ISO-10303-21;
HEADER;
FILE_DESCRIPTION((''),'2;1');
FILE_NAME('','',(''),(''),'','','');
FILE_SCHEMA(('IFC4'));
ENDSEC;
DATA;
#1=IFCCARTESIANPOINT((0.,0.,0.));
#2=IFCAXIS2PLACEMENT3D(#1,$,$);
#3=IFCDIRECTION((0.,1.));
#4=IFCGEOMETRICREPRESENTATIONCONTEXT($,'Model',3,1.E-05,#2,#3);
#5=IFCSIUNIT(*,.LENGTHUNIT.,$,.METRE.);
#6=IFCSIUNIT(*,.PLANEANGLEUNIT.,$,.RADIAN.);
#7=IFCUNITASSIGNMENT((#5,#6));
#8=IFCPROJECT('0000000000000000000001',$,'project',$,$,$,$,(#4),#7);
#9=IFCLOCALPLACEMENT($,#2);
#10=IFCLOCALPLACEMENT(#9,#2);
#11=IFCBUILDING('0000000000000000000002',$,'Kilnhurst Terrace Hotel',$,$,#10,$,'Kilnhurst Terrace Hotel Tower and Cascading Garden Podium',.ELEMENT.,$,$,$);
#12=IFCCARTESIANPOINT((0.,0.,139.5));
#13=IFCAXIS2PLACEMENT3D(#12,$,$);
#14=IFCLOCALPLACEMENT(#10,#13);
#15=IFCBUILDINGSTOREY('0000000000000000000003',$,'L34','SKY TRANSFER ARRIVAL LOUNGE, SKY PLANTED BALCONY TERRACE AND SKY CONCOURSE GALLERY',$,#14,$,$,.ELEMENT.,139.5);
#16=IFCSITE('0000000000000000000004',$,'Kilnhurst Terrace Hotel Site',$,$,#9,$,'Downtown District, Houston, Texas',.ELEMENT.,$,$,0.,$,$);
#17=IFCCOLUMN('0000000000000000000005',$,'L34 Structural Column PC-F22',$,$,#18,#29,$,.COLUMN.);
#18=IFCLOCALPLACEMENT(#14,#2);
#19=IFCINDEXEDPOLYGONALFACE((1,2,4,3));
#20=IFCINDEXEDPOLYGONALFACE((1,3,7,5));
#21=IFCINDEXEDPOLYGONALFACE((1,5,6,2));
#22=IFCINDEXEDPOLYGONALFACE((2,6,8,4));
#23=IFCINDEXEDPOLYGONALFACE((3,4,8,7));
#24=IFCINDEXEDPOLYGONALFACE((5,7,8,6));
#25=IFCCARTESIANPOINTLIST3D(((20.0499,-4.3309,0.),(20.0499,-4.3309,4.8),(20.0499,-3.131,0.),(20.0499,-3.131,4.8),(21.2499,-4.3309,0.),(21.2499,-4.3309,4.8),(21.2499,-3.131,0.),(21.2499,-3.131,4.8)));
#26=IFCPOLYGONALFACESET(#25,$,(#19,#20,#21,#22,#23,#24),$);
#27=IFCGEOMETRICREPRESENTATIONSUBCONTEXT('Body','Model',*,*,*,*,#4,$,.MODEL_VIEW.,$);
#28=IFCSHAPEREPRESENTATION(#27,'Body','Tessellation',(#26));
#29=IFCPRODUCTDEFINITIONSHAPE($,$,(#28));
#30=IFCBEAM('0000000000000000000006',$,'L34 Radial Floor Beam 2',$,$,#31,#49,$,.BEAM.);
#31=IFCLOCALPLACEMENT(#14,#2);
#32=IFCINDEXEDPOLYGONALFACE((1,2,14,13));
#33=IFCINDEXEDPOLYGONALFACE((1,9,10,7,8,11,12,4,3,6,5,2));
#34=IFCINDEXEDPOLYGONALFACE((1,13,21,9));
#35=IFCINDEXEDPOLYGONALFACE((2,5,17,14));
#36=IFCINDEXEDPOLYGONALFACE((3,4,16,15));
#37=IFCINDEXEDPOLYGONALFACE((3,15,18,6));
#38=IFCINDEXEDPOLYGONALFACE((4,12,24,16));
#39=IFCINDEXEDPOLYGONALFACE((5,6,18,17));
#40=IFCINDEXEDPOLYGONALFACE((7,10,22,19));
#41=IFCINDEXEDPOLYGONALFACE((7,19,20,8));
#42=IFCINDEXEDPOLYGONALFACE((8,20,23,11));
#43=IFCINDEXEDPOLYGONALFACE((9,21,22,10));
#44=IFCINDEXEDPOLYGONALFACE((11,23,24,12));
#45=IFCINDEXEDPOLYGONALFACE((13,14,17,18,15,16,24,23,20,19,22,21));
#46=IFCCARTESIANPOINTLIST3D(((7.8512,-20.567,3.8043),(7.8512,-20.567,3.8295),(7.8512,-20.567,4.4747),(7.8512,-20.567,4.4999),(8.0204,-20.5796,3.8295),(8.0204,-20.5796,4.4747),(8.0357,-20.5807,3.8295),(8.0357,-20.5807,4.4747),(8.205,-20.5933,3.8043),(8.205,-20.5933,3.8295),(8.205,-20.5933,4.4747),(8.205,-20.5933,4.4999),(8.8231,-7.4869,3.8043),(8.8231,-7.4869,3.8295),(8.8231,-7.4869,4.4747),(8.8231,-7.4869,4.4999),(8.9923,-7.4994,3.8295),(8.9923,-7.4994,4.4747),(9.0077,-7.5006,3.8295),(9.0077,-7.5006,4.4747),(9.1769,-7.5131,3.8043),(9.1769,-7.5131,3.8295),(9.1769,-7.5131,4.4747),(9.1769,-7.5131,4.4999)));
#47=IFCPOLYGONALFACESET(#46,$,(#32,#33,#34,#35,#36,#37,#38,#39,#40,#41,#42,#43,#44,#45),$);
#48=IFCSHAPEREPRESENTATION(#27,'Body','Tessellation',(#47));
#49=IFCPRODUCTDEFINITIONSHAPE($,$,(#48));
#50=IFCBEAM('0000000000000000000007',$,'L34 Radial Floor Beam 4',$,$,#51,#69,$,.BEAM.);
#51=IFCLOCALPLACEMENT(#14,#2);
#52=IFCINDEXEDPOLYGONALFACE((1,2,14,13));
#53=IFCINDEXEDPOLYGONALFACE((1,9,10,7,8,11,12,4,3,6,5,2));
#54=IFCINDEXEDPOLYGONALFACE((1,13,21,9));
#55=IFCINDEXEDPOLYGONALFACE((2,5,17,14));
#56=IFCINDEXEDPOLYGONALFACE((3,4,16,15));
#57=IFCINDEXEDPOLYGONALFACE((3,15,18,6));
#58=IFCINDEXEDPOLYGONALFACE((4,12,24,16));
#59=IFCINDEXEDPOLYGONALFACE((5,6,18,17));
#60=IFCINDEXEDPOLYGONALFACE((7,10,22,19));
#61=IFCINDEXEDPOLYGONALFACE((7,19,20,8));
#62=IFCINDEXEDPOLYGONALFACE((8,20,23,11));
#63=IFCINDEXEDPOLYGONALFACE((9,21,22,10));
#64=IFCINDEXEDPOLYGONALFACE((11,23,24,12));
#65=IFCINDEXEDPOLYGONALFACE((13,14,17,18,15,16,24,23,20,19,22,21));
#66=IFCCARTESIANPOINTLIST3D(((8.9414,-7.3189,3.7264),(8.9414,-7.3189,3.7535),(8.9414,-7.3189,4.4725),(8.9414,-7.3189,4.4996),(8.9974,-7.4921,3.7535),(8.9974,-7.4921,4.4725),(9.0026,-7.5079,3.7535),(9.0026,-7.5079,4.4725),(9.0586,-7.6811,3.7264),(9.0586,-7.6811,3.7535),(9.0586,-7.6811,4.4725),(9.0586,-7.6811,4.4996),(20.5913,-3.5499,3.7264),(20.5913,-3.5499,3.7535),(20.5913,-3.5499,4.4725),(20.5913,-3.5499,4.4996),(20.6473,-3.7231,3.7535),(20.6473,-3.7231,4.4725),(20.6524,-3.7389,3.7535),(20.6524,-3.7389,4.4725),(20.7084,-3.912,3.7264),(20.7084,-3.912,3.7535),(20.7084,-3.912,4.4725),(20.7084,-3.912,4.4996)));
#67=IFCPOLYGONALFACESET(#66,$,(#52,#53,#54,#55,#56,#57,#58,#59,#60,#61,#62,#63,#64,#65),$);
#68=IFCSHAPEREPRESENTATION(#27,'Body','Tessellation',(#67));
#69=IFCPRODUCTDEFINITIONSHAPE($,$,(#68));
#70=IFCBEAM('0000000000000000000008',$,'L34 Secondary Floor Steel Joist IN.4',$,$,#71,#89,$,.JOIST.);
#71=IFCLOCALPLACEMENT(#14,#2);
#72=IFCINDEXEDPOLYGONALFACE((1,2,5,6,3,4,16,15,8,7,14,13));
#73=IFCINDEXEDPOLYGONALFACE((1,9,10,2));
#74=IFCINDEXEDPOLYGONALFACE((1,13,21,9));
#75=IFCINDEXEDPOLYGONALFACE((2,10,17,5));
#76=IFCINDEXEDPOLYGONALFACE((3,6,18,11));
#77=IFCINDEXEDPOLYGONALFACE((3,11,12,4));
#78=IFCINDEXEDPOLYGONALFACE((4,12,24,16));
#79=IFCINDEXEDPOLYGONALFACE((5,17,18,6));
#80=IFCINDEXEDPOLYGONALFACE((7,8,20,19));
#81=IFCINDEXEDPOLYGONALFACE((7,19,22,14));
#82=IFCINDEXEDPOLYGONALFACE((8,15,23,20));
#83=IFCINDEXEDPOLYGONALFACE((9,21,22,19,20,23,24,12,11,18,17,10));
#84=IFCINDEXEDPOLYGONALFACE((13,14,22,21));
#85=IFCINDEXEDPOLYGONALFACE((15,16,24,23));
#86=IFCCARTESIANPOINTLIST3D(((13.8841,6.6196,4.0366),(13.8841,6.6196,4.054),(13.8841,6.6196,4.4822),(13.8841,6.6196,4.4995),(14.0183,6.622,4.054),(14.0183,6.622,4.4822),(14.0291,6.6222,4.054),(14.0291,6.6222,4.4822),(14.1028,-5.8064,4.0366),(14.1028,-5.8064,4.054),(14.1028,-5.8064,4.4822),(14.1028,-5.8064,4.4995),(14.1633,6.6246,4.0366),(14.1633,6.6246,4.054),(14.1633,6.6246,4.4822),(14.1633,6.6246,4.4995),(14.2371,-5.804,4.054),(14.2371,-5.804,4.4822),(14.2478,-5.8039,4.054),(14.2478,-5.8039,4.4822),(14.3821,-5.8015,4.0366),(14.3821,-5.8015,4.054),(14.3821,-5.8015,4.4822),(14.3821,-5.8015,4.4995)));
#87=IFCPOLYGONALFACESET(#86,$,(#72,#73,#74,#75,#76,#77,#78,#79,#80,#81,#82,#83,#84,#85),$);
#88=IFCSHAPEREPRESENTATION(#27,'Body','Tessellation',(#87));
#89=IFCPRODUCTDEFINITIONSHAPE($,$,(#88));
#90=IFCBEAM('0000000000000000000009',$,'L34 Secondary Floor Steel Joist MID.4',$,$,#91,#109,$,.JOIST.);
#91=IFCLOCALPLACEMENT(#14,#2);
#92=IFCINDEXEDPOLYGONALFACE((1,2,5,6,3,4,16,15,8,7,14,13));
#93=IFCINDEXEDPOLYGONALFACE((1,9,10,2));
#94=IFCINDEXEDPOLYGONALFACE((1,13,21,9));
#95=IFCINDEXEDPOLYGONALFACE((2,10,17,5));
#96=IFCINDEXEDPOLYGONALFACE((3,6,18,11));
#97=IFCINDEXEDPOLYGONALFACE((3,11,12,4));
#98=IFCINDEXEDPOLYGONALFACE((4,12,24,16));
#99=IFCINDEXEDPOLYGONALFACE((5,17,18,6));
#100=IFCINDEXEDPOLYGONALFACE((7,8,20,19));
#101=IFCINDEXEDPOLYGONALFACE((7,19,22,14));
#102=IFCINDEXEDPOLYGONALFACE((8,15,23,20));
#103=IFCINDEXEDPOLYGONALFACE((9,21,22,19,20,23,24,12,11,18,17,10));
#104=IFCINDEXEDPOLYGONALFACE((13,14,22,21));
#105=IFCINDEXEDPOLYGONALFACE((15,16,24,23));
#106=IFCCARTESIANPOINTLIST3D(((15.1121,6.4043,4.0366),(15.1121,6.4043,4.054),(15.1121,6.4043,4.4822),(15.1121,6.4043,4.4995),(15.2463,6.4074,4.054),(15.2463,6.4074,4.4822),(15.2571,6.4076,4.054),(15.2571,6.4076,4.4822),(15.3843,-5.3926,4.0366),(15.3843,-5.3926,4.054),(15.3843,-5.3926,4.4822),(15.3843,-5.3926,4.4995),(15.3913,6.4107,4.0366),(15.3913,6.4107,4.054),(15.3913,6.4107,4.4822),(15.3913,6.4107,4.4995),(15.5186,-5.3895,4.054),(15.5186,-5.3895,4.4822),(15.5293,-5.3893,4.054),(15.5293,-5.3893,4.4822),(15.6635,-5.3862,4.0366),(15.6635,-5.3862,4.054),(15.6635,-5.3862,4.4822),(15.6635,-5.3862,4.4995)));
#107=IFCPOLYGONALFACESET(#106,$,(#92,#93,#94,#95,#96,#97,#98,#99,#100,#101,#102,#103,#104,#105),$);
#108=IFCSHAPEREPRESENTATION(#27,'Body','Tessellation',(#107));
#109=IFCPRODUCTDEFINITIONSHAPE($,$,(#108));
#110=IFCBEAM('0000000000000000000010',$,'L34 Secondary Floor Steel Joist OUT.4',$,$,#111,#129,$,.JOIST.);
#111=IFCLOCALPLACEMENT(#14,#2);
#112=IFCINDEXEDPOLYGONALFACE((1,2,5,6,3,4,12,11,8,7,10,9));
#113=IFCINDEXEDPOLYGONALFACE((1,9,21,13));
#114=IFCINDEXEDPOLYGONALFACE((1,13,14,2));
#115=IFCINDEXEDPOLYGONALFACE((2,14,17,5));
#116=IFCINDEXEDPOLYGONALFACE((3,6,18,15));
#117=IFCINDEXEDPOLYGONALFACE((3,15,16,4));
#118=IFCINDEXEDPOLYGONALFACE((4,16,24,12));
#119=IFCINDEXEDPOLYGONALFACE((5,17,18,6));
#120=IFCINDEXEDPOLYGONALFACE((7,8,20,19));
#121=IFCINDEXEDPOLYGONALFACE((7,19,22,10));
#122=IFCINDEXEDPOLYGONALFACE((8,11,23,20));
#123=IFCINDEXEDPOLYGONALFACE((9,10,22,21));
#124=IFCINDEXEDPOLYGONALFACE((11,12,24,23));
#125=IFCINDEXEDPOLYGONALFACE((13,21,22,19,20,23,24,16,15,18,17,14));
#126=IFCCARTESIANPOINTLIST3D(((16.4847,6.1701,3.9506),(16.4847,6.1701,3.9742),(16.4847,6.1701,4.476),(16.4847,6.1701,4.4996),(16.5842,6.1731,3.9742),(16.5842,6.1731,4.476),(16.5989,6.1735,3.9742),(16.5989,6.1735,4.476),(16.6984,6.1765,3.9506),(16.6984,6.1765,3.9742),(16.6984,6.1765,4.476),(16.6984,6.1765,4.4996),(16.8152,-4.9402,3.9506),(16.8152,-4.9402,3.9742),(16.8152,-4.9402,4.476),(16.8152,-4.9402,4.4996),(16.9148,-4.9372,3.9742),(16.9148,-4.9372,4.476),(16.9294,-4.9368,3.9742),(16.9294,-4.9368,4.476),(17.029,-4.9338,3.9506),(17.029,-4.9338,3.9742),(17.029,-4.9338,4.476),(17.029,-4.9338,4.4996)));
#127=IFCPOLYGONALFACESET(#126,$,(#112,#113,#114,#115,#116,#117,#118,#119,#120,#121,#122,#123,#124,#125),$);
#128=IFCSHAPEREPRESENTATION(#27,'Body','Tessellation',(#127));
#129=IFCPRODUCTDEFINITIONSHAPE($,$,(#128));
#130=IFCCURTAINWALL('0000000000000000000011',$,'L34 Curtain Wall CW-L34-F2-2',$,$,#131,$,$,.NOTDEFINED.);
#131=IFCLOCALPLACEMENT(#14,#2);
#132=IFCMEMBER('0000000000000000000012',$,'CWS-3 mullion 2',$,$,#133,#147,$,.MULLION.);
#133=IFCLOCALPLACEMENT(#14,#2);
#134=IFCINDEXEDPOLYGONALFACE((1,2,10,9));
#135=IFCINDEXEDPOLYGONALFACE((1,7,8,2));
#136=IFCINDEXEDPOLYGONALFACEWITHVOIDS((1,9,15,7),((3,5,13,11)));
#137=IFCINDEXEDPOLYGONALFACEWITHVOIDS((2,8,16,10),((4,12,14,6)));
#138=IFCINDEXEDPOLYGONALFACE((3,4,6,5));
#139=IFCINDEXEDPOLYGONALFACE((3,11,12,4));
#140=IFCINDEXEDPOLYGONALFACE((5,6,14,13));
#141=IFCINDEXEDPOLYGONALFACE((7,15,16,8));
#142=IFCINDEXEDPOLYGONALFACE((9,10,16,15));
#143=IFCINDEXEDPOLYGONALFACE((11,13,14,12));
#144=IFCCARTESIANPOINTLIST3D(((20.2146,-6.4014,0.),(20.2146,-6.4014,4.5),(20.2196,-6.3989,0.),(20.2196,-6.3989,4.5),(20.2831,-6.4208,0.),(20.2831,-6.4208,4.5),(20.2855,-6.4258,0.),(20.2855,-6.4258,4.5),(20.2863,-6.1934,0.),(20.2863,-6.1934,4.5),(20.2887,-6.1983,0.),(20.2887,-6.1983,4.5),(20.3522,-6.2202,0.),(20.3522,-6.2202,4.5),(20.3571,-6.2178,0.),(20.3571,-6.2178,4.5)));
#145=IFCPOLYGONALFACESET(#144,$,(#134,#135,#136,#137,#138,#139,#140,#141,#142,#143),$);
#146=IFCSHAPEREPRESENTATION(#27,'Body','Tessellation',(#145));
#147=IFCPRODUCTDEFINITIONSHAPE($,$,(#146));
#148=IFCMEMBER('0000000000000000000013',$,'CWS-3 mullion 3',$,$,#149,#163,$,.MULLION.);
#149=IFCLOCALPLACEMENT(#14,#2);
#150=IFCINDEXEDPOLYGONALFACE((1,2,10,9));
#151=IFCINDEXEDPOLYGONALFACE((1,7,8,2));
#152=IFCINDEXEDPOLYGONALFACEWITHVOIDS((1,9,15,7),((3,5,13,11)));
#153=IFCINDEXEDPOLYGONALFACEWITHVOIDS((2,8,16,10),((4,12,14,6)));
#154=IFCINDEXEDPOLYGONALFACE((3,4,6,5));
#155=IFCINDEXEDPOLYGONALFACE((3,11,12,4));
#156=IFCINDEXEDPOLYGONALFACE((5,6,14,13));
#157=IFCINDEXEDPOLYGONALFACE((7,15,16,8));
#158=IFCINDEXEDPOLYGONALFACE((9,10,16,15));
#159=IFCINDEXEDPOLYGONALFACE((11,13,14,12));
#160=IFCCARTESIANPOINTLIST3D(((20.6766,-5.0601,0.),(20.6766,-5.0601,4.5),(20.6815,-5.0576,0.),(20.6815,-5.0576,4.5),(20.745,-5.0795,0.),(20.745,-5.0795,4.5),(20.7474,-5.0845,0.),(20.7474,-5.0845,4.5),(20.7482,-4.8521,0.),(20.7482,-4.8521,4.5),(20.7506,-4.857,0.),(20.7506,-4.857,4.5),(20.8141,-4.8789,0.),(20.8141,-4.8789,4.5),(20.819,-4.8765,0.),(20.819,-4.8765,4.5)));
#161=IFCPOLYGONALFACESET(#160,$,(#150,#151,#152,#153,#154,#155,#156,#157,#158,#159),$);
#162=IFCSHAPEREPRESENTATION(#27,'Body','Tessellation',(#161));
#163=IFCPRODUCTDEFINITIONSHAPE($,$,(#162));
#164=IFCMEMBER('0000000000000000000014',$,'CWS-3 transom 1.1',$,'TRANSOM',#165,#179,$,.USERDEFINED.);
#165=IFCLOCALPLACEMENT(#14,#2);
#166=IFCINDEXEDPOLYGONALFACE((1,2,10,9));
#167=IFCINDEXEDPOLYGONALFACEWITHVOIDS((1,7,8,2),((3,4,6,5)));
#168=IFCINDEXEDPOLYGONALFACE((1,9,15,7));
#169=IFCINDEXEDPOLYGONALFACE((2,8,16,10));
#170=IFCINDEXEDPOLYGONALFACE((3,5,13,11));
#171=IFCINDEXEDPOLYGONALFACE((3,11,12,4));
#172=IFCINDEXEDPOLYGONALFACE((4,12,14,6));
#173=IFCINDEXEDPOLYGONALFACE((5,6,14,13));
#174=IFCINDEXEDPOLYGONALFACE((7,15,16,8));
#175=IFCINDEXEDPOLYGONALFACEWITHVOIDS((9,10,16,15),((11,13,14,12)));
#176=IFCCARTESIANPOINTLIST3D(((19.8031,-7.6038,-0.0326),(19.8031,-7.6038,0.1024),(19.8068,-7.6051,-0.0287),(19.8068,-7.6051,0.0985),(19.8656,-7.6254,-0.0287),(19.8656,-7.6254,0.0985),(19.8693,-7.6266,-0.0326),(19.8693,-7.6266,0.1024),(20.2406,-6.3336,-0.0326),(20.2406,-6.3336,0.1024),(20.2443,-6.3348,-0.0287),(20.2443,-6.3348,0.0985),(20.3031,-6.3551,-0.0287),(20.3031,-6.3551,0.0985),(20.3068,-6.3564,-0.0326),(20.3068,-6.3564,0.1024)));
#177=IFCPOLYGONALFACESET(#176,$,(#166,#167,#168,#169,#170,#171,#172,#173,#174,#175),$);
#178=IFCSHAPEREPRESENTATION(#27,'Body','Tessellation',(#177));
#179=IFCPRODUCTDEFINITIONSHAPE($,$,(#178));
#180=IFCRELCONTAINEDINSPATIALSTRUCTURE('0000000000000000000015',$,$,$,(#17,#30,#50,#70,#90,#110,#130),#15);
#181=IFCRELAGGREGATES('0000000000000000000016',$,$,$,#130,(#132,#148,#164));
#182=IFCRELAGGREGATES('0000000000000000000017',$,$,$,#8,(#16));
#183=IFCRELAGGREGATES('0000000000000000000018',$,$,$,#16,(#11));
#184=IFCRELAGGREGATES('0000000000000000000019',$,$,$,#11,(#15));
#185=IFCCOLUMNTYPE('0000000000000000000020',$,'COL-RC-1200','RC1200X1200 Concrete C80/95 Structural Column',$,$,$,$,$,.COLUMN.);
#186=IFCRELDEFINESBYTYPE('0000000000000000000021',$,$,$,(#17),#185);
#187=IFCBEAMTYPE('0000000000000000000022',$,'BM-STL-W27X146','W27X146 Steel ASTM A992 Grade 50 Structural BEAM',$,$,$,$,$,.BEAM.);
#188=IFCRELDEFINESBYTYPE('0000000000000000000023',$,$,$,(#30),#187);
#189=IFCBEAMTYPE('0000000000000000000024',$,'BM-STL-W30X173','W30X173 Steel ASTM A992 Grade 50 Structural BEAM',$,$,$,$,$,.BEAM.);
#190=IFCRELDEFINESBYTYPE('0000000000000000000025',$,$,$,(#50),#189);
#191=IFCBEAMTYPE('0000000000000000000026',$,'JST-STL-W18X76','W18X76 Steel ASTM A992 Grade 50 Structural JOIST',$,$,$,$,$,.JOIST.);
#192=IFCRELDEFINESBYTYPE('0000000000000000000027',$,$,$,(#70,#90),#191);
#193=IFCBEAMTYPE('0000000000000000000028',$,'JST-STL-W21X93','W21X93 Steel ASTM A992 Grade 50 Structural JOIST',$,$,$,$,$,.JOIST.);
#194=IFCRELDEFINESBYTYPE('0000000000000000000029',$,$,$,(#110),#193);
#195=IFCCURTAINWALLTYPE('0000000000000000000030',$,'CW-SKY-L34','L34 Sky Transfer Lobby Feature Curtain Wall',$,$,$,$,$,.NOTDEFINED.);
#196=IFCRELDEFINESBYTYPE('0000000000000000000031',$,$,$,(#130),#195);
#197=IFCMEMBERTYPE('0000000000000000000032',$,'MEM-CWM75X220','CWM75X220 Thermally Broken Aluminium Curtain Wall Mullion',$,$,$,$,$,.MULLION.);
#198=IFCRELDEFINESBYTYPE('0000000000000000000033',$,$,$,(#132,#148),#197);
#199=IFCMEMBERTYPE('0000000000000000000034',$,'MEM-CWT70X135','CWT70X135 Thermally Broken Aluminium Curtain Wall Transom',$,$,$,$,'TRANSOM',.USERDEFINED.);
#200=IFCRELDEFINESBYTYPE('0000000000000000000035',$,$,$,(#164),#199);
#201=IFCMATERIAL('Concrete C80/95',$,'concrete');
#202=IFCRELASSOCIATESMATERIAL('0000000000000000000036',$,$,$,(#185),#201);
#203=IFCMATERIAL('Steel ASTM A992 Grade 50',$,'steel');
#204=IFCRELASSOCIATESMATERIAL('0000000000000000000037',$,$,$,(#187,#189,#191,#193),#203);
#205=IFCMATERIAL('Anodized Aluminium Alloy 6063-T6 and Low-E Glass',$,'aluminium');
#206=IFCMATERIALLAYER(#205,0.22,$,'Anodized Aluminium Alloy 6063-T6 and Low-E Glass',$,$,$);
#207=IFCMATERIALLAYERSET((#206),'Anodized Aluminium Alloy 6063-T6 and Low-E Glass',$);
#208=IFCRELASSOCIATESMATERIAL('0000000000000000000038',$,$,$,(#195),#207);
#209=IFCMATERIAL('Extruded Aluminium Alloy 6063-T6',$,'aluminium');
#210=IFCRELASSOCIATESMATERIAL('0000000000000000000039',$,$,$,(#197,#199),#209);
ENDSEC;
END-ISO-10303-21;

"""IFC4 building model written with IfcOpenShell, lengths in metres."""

from ifc_helpers import new_model, si_unit, direction, frame, origin, origin_2d, place, context, subcontext, project, spatial, rectangle, hollow_rectangle, i_section, extrude, material, layer, layer_set, material_profile, profile_set, type_object, element, aggregate, save


model = new_model("IFC4")

# Units and contexts
model_context = context("Model", 3, precision=1e-05, world=origin(), true_north=direction((0.0, 1.0)))
body_context = subcontext(model_context, "Body", "Model", "MODEL_VIEW")
ifc_project = project(units=[si_unit("LENGTHUNIT", "METRE"), si_unit("PLANEANGLEUNIT", "RADIAN")], contexts=[model_context])

# Site, building, storey
site_placement = place(None, origin())
site = spatial("IfcSite", under=ifc_project, at=site_placement, Name="Kilnhurst Terrace Hotel Site", LongName="Downtown District, Houston, Texas", CompositionType="ELEMENT", RefElevation=0.0)
building_placement = place(site_placement, origin())
building = spatial("IfcBuilding", under=site, at=building_placement, Name="Kilnhurst Terrace Hotel", LongName="Kilnhurst Terrace Hotel Tower and Cascading Garden Podium", CompositionType="ELEMENT")
storey_placement = place(building_placement, frame((0.0, 0.0, 139.5)))
storey = spatial("IfcBuildingStorey", under=building, at=storey_placement, Name="L34", Description="SKY TRANSFER ARRIVAL LOUNGE, SKY PLANTED BALCONY TERRACE AND SKY CONCOURSE GALLERY", CompositionType="ELEMENT", Elevation=139.5)

# Column
ifc_material_1 = material(Name="Concrete C80/95", Category="concrete")
ifc_material_profile_1 = material_profile(ifc_material_1, rectangle(XDim=1.2, YDim=1.2, at=origin_2d()), Name="RC1200X1200")
ifc_profile_set_1 = profile_set([ifc_material_profile_1], Name="Concrete C80/95")
column_type = type_object("IfcColumnType", Name="COL-RC-1200", Description="RC1200X1200 Concrete C80/95 Structural Column", PredefinedType="COLUMN", material=ifc_profile_set_1)
column_placement = place(storey_placement, frame((20.6499, -3.731, 0.0), z_axis=(0.0, 0.0, 1.0), x_axis=(1.0, 0.0, 0.0)))
element("IfcColumn", 1, at=column_placement, inside=storey, type_object=column_type, Name="L34 Structural Column PC-F22", PredefinedType="COLUMN", context=body_context, shape_type="SweptSolid", body=[
    extrude(rectangle(XDim=1.2, YDim=1.2, at=origin_2d()), origin(), (0.0, 0.0, 1.0), 4.8),
])

# Beams
ifc_material_2 = material(Name="Steel ASTM A992 Grade 50", Category="steel")
ifc_material_profile_2 = material_profile(ifc_material_2, i_section(OverallWidth=0.3547, OverallDepth=0.6956, WebThickness=0.0154, FlangeThickness=0.0251, at=origin_2d()), Name="W27X146")
ifc_profile_set_2 = profile_set([ifc_material_profile_2], Name="Steel ASTM A992 Grade 50")
beam_type_1 = type_object("IfcBeamType", Name="BM-STL-W27X146", Description="W27X146 Steel ASTM A992 Grade 50 Structural BEAM", PredefinedType="BEAM", material=ifc_profile_set_2)
beam_1_placement = place(storey_placement, frame((9.0, -7.5, 4.1521), z_axis=(-0.074101, -0.997251, 0.0), x_axis=(0.997251, -0.074101, 0.0)))
element("IfcBeam", 2, at=beam_1_placement, inside=storey, type_object=beam_type_1, Name="L34 Radial Floor Beam 2", PredefinedType="BEAM", context=body_context, shape_type="SweptSolid", body=[
    extrude(i_section(OverallWidth=0.3547, OverallDepth=0.6956, WebThickness=0.0154, FlangeThickness=0.0251, at=origin_2d()), origin(), (0.0, 0.0, 1.0), 13.1162),
])
ifc_material_profile_3 = material_profile(ifc_material_2, i_section(OverallWidth=0.3806, OverallDepth=0.7732, WebThickness=0.0166, FlangeThickness=0.0271, at=origin_2d()), Name="W30X173")
ifc_profile_set_3 = profile_set([ifc_material_profile_3], Name="Steel ASTM A992 Grade 50")
beam_type_2 = type_object("IfcBeamType", Name="BM-STL-W30X173", Description="W30X173 Steel ASTM A992 Grade 50 Structural BEAM", PredefinedType="BEAM", material=ifc_profile_set_3)
beam_2_placement = place(storey_placement, frame((9.0, -7.5, 4.113), z_axis=(0.951446, 0.307817, 0.0), x_axis=(-0.307817, 0.951446, 0.0)))
element("IfcBeam", 3, at=beam_2_placement, inside=storey, type_object=beam_type_2, Name="L34 Radial Floor Beam 4", PredefinedType="BEAM", context=body_context, shape_type="SweptSolid", body=[
    extrude(i_section(OverallWidth=0.3806, OverallDepth=0.7732, WebThickness=0.0166, FlangeThickness=0.0271, at=origin_2d()), origin(), (0.0, 0.0, 1.0), 12.2444),
])
ifc_material_profile_4 = material_profile(ifc_material_2, i_section(OverallWidth=0.2793, OverallDepth=0.4629, WebThickness=0.0107, FlangeThickness=0.0173, at=origin_2d()), Name="W18X76")
ifc_profile_set_4 = profile_set([ifc_material_profile_4], Name="Steel ASTM A992 Grade 50")
beam_type_3 = type_object("IfcBeamType", Name="JST-STL-W18X76", Description="W18X76 Steel ASTM A992 Grade 50 Structural JOIST", PredefinedType="JOIST", material=ifc_profile_set_4)
beam_3_placement = place(storey_placement, frame((14.2424, -5.804, 4.2681), z_axis=(-0.017601, 0.999845, 0.0), x_axis=(-0.999845, -0.017601, 0.0)))
element("IfcBeam", 4, at=beam_3_placement, inside=storey, type_object=beam_type_3, Name="L34 Secondary Floor Steel Joist IN.4", PredefinedType="JOIST", context=body_context, shape_type="SweptSolid", body=[
    extrude(i_section(OverallWidth=0.2793, OverallDepth=0.4629, WebThickness=0.0107, FlangeThickness=0.0173, at=origin_2d()), origin(), (0.0, 0.0, 1.0), 12.428),
])
beam_4_placement = place(storey_placement, frame((15.5239, -5.3894, 4.2681), z_axis=(-0.023069, 0.999734, 0.0), x_axis=(-0.999734, -0.023069, 0.0)))
element("IfcBeam", 5, at=beam_4_placement, inside=storey, type_object=beam_type_3, Name="L34 Secondary Floor Steel Joist MID.4", PredefinedType="JOIST", context=body_context, shape_type="SweptSolid", body=[
    extrude(i_section(OverallWidth=0.2793, OverallDepth=0.4629, WebThickness=0.0107, FlangeThickness=0.0173, at=origin_2d()), origin(), (0.0, 0.0, 1.0), 11.8),
])
ifc_material_profile_5 = material_profile(ifc_material_2, i_section(OverallWidth=0.2139, OverallDepth=0.5491, WebThickness=0.0146, FlangeThickness=0.0237, at=origin_2d()), Name="W21X93")
ifc_profile_set_5 = profile_set([ifc_material_profile_5], Name="Steel ASTM A992 Grade 50")
beam_type_4 = type_object("IfcBeamType", Name="JST-STL-W21X93", Description="W21X93 Steel ASTM A992 Grade 50 Structural JOIST", PredefinedType="JOIST", material=ifc_profile_set_5)
beam_5_placement = place(storey_placement, frame((16.9221, -4.937, 4.2251), z_axis=(-0.02974, 0.999558, 0.0), x_axis=(-0.999558, -0.02974, 0.0)))
element("IfcBeam", 6, at=beam_5_placement, inside=storey, type_object=beam_type_4, Name="L34 Secondary Floor Steel Joist OUT.4", PredefinedType="JOIST", context=body_context, shape_type="SweptSolid", body=[
    extrude(i_section(OverallWidth=0.2139, OverallDepth=0.5491, WebThickness=0.0146, FlangeThickness=0.0237, at=origin_2d()), origin(), (0.0, 0.0, 1.0), 11.1152),
])

# Curtain wall, members
ifc_material_3 = material(Name="Anodized Aluminium Alloy 6063-T6 and Low-E Glass", Category="aluminium")
ifc_layer_1 = layer(ifc_material_3, 0.22, Name="Anodized Aluminium Alloy 6063-T6 and Low-E Glass")
ifc_layer_set_1 = layer_set([ifc_layer_1], Name="Anodized Aluminium Alloy 6063-T6 and Low-E Glass")
curtain_wall_type = type_object("IfcCurtainWallType", Name="CW-SKY-L34", Description="L34 Sky Transfer Lobby Feature Curtain Wall", PredefinedType="NOTDEFINED", material=ifc_layer_set_1)
curtain_wall_placement = place(storey_placement, origin())
curtain_wall = element("IfcCurtainWall", 7, at=curtain_wall_placement, inside=storey, type_object=curtain_wall_type, Name="L34 Curtain Wall CW-L34-F2-2", PredefinedType="NOTDEFINED")
ifc_material_4 = material(Name="Extruded Aluminium Alloy 6063-T6", Category="aluminium")
ifc_material_profile_6 = material_profile(ifc_material_4, hollow_rectangle(XDim=0.075, YDim=0.22, WallThickness=0.0039, at=origin_2d()), Name="CWM75X220")
ifc_profile_set_6 = profile_set([ifc_material_profile_6], Name="Extruded Aluminium Alloy 6063-T6")
member_type_1 = type_object("IfcMemberType", Name="MEM-CWM75X220", Description="CWM75X220 Thermally Broken Aluminium Curtain Wall Mullion", PredefinedType="MULLION", material=ifc_profile_set_6)
member_1_placement = place(storey_placement, frame((20.2859, -6.3096, 0.0), z_axis=(0.0, 0.0, 1.0), x_axis=(-0.945512, 0.325587, 0.0)))
member_1 = element("IfcMember", 8, at=member_1_placement, type_object=member_type_1, Name="CWS-3 mullion 2", PredefinedType="MULLION", context=body_context, shape_type="SweptSolid", body=[
    extrude(hollow_rectangle(XDim=0.075, YDim=0.22, WallThickness=0.0039, at=origin_2d()), origin(), (0.0, 0.0, 1.0), 4.5),
])
member_2_placement = place(storey_placement, frame((20.7478, -4.9683, 0.0), z_axis=(0.0, 0.0, 1.0), x_axis=(-0.945512, 0.325587, 0.0)))
member_2 = element("IfcMember", 9, at=member_2_placement, type_object=member_type_1, Name="CWS-3 mullion 3", PredefinedType="MULLION", context=body_context, shape_type="SweptSolid", body=[
    extrude(hollow_rectangle(XDim=0.075, YDim=0.22, WallThickness=0.0039, at=origin_2d()), origin(), (0.0, 0.0, 1.0), 4.5),
])
ifc_material_profile_7 = material_profile(ifc_material_4, hollow_rectangle(XDim=0.0701, YDim=0.135, WallThickness=0.0039, at=origin_2d()), Name="CWT70X135")
ifc_profile_set_7 = profile_set([ifc_material_profile_7], Name="Extruded Aluminium Alloy 6063-T6")
member_type_2 = type_object("IfcMemberType", Name="MEM-CWT70X135", Description="CWT70X135 Thermally Broken Aluminium Curtain Wall Transom", ElementType="TRANSOM", PredefinedType="USERDEFINED", material=ifc_profile_set_7)
member_3_placement = place(storey_placement, frame((19.8362, -7.6152, 0.0349), z_axis=(0.325643, 0.945493, 0.0), x_axis=(-0.945493, 0.325643, 0.0)))
member_3 = element("IfcMember", 10, at=member_3_placement, type_object=member_type_2, Name="CWS-3 transom 1.1", ObjectType="TRANSOM", PredefinedType="USERDEFINED", context=body_context, shape_type="SweptSolid", body=[
    extrude(hollow_rectangle(XDim=0.0701, YDim=0.135, WallThickness=0.0039, at=origin_2d()), origin(), (0.0, 0.0, 1.0), 1.3435),
])

aggregate(curtain_wall, [member_1, member_2, member_3])

save(model, "model.ifc")
